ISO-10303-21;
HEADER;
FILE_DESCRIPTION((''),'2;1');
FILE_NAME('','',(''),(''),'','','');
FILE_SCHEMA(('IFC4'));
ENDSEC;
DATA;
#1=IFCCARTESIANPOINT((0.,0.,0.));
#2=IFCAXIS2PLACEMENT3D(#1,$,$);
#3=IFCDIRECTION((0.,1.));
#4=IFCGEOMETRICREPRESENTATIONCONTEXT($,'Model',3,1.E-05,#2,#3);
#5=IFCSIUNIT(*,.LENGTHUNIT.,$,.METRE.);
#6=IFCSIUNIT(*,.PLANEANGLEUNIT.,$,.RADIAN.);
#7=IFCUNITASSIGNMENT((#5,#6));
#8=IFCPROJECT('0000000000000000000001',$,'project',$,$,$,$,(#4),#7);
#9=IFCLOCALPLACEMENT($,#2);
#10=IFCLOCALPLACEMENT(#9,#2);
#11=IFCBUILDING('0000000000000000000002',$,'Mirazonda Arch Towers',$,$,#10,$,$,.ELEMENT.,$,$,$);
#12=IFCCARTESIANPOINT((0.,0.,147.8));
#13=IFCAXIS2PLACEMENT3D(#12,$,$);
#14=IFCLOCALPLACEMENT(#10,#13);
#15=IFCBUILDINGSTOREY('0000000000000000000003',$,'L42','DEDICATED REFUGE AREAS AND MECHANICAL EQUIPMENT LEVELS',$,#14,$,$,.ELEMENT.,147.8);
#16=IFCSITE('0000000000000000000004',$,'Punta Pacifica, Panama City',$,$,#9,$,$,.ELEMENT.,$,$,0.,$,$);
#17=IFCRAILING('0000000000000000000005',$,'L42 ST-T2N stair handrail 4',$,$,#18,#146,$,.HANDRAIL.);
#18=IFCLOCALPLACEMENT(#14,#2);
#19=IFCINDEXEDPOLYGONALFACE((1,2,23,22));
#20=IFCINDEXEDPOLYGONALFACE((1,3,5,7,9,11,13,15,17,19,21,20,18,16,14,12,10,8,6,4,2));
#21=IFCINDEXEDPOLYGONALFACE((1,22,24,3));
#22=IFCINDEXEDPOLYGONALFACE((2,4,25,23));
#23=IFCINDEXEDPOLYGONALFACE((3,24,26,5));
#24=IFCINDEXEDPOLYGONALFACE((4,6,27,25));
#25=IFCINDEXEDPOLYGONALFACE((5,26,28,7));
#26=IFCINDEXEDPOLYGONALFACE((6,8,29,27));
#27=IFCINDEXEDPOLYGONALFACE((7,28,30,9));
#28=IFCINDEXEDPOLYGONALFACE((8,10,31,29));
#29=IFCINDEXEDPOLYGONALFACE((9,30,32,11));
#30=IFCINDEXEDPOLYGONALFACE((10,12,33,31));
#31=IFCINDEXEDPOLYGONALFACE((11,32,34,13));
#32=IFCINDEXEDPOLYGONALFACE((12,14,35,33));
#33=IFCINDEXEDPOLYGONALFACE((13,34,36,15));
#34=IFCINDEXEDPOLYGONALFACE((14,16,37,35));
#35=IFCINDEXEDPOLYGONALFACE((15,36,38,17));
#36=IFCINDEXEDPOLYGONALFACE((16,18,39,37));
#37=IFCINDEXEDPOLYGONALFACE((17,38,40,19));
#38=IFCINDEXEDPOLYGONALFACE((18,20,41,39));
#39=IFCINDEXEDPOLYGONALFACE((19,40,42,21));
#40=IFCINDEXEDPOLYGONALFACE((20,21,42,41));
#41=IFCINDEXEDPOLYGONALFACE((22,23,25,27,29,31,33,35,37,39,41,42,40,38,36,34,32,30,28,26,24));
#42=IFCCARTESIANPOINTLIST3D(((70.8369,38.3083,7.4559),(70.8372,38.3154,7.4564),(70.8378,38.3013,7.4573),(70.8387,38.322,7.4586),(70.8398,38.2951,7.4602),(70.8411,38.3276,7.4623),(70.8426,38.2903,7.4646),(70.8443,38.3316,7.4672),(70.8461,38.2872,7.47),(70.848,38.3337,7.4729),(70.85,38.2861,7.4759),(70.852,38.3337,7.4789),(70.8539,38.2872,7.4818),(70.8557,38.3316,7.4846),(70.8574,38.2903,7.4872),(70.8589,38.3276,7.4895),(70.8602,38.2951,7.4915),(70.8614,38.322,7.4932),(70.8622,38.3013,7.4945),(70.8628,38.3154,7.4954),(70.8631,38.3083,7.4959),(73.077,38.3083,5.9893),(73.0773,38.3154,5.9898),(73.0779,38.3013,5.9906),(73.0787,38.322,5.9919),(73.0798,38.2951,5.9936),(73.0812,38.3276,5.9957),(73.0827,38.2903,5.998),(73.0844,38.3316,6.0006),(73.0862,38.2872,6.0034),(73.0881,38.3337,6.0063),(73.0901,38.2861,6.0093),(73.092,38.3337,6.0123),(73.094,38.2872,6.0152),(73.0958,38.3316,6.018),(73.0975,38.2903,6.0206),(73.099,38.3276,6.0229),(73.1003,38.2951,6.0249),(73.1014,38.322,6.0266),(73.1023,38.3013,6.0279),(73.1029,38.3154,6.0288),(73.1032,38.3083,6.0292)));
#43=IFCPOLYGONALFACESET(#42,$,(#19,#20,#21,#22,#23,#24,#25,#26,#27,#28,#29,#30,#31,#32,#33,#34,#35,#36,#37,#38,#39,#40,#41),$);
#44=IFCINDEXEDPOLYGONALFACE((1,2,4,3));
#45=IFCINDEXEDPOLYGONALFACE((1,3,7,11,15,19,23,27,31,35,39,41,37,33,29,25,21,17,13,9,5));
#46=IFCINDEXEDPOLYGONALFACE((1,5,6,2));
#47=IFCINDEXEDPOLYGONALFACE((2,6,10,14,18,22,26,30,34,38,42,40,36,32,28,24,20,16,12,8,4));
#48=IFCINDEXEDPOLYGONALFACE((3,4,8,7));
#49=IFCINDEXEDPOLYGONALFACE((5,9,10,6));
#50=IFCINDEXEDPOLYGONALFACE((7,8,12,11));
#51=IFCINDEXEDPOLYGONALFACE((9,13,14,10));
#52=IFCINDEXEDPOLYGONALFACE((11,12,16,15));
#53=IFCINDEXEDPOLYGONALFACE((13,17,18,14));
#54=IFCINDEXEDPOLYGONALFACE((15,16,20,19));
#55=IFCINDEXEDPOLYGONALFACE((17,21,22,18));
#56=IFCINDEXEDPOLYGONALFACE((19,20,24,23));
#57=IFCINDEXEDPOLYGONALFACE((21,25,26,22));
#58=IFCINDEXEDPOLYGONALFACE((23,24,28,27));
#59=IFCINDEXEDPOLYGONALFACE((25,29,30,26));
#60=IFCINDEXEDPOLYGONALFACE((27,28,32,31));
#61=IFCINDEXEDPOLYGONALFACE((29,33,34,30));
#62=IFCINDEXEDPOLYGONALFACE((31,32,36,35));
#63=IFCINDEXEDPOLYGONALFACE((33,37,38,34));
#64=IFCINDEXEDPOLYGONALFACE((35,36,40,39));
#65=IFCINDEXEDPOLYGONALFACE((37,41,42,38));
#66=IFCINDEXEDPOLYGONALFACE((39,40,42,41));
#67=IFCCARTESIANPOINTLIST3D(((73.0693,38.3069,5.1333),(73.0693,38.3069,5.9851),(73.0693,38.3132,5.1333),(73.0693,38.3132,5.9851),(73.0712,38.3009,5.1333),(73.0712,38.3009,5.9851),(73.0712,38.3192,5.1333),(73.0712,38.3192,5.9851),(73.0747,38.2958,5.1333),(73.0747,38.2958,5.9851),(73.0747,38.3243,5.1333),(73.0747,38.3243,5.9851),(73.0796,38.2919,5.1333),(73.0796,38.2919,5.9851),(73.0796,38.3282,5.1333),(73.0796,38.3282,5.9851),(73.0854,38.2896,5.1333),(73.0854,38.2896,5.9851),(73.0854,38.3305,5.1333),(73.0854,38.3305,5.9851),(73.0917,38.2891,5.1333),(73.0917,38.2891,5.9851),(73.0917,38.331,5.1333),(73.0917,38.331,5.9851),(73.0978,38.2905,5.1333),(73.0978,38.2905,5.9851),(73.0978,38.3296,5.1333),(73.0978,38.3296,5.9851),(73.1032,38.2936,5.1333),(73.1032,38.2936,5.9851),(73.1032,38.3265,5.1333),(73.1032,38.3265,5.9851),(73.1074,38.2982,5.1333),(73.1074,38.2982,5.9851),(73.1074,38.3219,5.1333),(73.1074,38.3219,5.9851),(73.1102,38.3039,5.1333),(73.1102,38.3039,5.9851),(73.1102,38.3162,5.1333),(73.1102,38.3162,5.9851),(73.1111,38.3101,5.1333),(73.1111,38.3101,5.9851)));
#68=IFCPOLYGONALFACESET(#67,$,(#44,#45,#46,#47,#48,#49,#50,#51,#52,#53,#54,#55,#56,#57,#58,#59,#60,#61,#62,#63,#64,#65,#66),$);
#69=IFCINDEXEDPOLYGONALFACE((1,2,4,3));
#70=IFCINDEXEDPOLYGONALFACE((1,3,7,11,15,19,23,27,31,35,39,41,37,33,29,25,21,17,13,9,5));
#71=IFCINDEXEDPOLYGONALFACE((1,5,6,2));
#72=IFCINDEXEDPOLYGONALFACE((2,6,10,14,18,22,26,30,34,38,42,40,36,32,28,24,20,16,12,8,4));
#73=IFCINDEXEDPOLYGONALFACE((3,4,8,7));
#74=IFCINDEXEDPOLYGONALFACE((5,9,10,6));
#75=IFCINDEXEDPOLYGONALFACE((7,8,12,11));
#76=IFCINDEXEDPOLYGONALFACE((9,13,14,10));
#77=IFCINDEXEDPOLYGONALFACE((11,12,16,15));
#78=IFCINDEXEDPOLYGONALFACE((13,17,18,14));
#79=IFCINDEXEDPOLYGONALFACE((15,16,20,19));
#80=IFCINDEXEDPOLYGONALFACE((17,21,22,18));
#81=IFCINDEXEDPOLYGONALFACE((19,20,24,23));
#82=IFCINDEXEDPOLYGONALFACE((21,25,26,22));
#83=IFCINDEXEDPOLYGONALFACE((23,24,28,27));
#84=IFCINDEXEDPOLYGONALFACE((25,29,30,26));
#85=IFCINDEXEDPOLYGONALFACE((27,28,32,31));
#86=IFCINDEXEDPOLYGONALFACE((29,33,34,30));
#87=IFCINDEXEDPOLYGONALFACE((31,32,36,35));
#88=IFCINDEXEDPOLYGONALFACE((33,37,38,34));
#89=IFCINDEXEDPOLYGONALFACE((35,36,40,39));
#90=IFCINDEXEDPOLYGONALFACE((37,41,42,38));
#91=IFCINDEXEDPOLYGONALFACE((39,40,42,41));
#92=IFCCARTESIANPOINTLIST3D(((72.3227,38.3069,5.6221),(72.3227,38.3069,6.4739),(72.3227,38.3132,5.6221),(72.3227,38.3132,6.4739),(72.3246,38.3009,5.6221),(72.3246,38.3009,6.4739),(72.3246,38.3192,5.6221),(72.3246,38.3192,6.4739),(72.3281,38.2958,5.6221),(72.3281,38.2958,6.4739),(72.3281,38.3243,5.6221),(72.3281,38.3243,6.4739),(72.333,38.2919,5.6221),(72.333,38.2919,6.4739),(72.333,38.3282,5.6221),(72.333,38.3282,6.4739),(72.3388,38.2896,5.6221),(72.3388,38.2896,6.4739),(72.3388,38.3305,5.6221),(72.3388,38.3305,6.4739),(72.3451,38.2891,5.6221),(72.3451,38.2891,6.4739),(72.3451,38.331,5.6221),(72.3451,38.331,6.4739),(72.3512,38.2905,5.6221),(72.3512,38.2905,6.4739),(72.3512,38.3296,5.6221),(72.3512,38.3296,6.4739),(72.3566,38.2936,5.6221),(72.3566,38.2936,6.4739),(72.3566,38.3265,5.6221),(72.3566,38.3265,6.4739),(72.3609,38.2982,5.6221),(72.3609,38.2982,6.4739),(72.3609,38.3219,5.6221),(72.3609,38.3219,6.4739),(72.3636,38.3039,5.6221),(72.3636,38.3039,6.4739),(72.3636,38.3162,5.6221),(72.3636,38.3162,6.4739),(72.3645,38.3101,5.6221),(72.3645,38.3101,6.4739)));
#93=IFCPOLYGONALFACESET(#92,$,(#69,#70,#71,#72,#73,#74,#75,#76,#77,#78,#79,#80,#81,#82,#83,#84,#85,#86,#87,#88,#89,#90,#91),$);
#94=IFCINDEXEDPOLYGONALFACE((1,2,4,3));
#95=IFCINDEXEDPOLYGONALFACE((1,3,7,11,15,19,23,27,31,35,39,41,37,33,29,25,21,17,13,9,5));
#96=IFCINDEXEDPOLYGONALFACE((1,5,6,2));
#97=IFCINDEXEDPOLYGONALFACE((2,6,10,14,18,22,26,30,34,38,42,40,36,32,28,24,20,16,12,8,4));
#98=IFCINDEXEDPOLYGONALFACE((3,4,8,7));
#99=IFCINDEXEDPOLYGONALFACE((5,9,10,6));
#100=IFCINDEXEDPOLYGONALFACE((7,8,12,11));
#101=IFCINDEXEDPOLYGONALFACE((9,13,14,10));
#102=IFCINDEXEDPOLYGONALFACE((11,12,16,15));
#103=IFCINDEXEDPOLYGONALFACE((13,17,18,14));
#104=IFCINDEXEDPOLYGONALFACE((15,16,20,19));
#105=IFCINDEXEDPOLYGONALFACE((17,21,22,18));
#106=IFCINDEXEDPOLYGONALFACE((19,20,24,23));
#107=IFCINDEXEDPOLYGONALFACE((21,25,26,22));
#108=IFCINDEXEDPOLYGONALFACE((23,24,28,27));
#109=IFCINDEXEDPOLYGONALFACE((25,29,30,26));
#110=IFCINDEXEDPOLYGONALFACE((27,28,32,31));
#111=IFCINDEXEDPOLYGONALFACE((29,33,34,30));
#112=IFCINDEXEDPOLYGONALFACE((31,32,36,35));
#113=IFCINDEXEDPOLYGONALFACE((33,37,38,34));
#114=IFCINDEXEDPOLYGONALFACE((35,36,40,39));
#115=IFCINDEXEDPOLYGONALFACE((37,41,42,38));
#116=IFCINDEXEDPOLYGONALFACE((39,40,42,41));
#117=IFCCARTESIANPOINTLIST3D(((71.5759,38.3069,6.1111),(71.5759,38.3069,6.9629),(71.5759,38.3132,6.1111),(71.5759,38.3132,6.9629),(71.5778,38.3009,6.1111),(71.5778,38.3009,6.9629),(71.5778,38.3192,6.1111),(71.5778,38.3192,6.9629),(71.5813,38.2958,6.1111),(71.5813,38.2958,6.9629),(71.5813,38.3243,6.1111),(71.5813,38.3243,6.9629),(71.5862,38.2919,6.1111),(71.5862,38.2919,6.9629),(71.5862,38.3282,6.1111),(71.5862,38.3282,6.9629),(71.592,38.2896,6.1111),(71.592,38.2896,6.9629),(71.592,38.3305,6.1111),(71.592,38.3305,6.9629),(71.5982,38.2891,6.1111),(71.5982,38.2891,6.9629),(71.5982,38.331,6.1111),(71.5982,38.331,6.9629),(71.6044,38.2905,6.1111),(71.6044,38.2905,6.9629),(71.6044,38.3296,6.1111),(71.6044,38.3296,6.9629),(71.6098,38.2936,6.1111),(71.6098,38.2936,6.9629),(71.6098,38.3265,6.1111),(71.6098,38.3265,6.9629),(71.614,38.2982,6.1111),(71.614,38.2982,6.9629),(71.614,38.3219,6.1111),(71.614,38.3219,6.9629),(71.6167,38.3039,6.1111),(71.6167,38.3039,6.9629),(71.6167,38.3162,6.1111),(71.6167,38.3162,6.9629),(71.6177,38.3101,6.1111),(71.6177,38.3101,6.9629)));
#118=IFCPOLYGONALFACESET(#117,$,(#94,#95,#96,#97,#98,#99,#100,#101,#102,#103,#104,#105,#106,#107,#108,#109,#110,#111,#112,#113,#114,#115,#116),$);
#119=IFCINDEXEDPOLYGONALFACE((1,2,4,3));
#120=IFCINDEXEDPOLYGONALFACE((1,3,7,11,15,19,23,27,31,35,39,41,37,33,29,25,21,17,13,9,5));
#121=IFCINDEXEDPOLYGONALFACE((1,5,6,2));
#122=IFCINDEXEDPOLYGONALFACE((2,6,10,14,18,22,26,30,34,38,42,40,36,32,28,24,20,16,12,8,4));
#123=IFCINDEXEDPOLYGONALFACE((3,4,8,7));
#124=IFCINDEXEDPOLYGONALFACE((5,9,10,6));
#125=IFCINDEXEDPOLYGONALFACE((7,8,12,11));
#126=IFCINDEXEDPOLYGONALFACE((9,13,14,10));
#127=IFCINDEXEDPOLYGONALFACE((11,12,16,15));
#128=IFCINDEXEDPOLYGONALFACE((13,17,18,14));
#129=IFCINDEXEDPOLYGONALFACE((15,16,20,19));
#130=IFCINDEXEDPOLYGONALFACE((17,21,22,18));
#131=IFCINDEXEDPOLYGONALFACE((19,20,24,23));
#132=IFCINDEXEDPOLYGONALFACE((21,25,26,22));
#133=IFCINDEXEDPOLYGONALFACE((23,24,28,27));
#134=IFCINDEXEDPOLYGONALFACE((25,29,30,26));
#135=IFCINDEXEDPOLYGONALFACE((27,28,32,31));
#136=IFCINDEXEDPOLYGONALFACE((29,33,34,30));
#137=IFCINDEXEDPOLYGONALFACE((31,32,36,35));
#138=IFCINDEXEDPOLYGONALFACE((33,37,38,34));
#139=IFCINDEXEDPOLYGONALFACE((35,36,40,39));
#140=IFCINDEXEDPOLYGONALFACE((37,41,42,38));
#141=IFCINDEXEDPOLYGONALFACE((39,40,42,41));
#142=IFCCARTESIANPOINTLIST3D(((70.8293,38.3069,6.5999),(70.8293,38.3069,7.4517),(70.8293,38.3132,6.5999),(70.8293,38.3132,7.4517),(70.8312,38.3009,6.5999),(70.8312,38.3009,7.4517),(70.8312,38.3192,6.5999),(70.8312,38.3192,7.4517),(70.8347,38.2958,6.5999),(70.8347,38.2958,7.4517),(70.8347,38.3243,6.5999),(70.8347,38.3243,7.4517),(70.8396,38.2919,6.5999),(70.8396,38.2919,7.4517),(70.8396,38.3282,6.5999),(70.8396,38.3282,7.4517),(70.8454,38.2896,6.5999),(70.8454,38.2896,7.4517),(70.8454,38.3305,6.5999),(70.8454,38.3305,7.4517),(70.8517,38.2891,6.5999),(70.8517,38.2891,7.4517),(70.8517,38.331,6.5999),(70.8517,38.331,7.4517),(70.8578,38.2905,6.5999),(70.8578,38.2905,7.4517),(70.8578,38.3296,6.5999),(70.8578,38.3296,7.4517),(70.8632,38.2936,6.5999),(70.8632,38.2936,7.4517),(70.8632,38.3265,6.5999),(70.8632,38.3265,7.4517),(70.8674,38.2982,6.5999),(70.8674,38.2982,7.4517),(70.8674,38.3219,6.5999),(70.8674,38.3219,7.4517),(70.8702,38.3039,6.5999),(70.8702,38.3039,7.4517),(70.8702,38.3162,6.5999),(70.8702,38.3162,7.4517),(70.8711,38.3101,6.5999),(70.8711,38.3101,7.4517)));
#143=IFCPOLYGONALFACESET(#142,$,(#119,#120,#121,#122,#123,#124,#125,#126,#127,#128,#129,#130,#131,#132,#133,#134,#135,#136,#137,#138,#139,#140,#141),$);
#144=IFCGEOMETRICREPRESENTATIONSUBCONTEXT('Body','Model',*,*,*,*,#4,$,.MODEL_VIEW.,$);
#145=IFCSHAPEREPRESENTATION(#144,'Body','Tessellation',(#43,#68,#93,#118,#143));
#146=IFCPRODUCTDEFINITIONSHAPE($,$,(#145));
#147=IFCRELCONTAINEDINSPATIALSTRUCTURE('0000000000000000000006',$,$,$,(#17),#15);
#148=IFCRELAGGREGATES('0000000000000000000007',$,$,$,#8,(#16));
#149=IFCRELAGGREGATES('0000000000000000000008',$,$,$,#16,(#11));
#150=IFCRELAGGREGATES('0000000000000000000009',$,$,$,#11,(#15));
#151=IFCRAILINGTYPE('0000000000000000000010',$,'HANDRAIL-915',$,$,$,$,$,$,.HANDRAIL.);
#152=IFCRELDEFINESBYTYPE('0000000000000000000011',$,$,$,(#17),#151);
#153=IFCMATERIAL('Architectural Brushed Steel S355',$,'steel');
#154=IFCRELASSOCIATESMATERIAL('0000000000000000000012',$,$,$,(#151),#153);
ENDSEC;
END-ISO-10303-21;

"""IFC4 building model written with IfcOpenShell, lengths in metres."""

from ifc_helpers import new_model, si_unit, direction, frame, origin, origin_2d, place, context, subcontext, project, spatial, circle, extrude, material, type_object, element, save


model = new_model("IFC4")

# Units and contexts
model_context = context("Model", 3, precision=1e-05, world=origin(), true_north=direction((0.0, 1.0)))
body_context = subcontext(model_context, "Body", "Model", "MODEL_VIEW")
ifc_project = project(units=[si_unit("LENGTHUNIT", "METRE"), si_unit("PLANEANGLEUNIT", "RADIAN")], contexts=[model_context])

# Site, building, storey
site_placement = place(None, origin())
site = spatial("IfcSite", under=ifc_project, at=site_placement, Name="Punta Pacifica, Panama City", CompositionType="ELEMENT", RefElevation=0.0)
building_placement = place(site_placement, origin())
building = spatial("IfcBuilding", under=site, at=building_placement, Name="Mirazonda Arch Towers", CompositionType="ELEMENT")
storey_placement = place(building_placement, frame((0.0, 0.0, 147.8)))
storey = spatial("IfcBuildingStorey", under=building, at=storey_placement, Name="L42", Description="DEDICATED REFUGE AREAS AND MECHANICAL EQUIPMENT LEVELS", CompositionType="ELEMENT", Elevation=147.8)

# Shared definitions
ifc_material_1 = material(Name="Architectural Brushed Steel S355", Category="steel")

# Railing
railing_type_1 = type_object("IfcRailingType", Name="HANDRAIL-915", PredefinedType="HANDRAIL", material=ifc_material_1)
railing_1_placement = place(storey_placement, frame((73.0901, 38.3101, 5.1333)))
element("IfcRailing", 1, at=railing_1_placement, inside=storey, type_object=railing_type_1, Name="L42 ST-T2N stair handrail 4", PredefinedType="HANDRAIL", context=body_context, shape_type="SweptSolid", body=[
    extrude(circle(Radius=0.0239, at=origin_2d()), frame((0.0, 0.0, 0.876), z_axis=(-0.836637, 0.0, 0.547758), x_axis=(0.0, -1.0, 0.0)), (0.0, 0.0, 1.0), 2.6775),
    extrude(circle(Radius=0.021, at=origin_2d()), origin(), (0.0, 0.0, 1.0), 0.8518),
    extrude(circle(Radius=0.021, at=origin_2d()), frame((-0.7466, 0.0, 0.4888)), (0.0, 0.0, 1.0), 0.8518),
    extrude(circle(Radius=0.021, at=origin_2d()), frame((-1.4934, 0.0, 0.9778)), (0.0, 0.0, 1.0), 0.8518),
    extrude(circle(Radius=0.021, at=origin_2d()), frame((-2.24, 0.0, 1.4666)), (0.0, 0.0, 1.0), 0.8518),
])

save(model, "model.ifc")
